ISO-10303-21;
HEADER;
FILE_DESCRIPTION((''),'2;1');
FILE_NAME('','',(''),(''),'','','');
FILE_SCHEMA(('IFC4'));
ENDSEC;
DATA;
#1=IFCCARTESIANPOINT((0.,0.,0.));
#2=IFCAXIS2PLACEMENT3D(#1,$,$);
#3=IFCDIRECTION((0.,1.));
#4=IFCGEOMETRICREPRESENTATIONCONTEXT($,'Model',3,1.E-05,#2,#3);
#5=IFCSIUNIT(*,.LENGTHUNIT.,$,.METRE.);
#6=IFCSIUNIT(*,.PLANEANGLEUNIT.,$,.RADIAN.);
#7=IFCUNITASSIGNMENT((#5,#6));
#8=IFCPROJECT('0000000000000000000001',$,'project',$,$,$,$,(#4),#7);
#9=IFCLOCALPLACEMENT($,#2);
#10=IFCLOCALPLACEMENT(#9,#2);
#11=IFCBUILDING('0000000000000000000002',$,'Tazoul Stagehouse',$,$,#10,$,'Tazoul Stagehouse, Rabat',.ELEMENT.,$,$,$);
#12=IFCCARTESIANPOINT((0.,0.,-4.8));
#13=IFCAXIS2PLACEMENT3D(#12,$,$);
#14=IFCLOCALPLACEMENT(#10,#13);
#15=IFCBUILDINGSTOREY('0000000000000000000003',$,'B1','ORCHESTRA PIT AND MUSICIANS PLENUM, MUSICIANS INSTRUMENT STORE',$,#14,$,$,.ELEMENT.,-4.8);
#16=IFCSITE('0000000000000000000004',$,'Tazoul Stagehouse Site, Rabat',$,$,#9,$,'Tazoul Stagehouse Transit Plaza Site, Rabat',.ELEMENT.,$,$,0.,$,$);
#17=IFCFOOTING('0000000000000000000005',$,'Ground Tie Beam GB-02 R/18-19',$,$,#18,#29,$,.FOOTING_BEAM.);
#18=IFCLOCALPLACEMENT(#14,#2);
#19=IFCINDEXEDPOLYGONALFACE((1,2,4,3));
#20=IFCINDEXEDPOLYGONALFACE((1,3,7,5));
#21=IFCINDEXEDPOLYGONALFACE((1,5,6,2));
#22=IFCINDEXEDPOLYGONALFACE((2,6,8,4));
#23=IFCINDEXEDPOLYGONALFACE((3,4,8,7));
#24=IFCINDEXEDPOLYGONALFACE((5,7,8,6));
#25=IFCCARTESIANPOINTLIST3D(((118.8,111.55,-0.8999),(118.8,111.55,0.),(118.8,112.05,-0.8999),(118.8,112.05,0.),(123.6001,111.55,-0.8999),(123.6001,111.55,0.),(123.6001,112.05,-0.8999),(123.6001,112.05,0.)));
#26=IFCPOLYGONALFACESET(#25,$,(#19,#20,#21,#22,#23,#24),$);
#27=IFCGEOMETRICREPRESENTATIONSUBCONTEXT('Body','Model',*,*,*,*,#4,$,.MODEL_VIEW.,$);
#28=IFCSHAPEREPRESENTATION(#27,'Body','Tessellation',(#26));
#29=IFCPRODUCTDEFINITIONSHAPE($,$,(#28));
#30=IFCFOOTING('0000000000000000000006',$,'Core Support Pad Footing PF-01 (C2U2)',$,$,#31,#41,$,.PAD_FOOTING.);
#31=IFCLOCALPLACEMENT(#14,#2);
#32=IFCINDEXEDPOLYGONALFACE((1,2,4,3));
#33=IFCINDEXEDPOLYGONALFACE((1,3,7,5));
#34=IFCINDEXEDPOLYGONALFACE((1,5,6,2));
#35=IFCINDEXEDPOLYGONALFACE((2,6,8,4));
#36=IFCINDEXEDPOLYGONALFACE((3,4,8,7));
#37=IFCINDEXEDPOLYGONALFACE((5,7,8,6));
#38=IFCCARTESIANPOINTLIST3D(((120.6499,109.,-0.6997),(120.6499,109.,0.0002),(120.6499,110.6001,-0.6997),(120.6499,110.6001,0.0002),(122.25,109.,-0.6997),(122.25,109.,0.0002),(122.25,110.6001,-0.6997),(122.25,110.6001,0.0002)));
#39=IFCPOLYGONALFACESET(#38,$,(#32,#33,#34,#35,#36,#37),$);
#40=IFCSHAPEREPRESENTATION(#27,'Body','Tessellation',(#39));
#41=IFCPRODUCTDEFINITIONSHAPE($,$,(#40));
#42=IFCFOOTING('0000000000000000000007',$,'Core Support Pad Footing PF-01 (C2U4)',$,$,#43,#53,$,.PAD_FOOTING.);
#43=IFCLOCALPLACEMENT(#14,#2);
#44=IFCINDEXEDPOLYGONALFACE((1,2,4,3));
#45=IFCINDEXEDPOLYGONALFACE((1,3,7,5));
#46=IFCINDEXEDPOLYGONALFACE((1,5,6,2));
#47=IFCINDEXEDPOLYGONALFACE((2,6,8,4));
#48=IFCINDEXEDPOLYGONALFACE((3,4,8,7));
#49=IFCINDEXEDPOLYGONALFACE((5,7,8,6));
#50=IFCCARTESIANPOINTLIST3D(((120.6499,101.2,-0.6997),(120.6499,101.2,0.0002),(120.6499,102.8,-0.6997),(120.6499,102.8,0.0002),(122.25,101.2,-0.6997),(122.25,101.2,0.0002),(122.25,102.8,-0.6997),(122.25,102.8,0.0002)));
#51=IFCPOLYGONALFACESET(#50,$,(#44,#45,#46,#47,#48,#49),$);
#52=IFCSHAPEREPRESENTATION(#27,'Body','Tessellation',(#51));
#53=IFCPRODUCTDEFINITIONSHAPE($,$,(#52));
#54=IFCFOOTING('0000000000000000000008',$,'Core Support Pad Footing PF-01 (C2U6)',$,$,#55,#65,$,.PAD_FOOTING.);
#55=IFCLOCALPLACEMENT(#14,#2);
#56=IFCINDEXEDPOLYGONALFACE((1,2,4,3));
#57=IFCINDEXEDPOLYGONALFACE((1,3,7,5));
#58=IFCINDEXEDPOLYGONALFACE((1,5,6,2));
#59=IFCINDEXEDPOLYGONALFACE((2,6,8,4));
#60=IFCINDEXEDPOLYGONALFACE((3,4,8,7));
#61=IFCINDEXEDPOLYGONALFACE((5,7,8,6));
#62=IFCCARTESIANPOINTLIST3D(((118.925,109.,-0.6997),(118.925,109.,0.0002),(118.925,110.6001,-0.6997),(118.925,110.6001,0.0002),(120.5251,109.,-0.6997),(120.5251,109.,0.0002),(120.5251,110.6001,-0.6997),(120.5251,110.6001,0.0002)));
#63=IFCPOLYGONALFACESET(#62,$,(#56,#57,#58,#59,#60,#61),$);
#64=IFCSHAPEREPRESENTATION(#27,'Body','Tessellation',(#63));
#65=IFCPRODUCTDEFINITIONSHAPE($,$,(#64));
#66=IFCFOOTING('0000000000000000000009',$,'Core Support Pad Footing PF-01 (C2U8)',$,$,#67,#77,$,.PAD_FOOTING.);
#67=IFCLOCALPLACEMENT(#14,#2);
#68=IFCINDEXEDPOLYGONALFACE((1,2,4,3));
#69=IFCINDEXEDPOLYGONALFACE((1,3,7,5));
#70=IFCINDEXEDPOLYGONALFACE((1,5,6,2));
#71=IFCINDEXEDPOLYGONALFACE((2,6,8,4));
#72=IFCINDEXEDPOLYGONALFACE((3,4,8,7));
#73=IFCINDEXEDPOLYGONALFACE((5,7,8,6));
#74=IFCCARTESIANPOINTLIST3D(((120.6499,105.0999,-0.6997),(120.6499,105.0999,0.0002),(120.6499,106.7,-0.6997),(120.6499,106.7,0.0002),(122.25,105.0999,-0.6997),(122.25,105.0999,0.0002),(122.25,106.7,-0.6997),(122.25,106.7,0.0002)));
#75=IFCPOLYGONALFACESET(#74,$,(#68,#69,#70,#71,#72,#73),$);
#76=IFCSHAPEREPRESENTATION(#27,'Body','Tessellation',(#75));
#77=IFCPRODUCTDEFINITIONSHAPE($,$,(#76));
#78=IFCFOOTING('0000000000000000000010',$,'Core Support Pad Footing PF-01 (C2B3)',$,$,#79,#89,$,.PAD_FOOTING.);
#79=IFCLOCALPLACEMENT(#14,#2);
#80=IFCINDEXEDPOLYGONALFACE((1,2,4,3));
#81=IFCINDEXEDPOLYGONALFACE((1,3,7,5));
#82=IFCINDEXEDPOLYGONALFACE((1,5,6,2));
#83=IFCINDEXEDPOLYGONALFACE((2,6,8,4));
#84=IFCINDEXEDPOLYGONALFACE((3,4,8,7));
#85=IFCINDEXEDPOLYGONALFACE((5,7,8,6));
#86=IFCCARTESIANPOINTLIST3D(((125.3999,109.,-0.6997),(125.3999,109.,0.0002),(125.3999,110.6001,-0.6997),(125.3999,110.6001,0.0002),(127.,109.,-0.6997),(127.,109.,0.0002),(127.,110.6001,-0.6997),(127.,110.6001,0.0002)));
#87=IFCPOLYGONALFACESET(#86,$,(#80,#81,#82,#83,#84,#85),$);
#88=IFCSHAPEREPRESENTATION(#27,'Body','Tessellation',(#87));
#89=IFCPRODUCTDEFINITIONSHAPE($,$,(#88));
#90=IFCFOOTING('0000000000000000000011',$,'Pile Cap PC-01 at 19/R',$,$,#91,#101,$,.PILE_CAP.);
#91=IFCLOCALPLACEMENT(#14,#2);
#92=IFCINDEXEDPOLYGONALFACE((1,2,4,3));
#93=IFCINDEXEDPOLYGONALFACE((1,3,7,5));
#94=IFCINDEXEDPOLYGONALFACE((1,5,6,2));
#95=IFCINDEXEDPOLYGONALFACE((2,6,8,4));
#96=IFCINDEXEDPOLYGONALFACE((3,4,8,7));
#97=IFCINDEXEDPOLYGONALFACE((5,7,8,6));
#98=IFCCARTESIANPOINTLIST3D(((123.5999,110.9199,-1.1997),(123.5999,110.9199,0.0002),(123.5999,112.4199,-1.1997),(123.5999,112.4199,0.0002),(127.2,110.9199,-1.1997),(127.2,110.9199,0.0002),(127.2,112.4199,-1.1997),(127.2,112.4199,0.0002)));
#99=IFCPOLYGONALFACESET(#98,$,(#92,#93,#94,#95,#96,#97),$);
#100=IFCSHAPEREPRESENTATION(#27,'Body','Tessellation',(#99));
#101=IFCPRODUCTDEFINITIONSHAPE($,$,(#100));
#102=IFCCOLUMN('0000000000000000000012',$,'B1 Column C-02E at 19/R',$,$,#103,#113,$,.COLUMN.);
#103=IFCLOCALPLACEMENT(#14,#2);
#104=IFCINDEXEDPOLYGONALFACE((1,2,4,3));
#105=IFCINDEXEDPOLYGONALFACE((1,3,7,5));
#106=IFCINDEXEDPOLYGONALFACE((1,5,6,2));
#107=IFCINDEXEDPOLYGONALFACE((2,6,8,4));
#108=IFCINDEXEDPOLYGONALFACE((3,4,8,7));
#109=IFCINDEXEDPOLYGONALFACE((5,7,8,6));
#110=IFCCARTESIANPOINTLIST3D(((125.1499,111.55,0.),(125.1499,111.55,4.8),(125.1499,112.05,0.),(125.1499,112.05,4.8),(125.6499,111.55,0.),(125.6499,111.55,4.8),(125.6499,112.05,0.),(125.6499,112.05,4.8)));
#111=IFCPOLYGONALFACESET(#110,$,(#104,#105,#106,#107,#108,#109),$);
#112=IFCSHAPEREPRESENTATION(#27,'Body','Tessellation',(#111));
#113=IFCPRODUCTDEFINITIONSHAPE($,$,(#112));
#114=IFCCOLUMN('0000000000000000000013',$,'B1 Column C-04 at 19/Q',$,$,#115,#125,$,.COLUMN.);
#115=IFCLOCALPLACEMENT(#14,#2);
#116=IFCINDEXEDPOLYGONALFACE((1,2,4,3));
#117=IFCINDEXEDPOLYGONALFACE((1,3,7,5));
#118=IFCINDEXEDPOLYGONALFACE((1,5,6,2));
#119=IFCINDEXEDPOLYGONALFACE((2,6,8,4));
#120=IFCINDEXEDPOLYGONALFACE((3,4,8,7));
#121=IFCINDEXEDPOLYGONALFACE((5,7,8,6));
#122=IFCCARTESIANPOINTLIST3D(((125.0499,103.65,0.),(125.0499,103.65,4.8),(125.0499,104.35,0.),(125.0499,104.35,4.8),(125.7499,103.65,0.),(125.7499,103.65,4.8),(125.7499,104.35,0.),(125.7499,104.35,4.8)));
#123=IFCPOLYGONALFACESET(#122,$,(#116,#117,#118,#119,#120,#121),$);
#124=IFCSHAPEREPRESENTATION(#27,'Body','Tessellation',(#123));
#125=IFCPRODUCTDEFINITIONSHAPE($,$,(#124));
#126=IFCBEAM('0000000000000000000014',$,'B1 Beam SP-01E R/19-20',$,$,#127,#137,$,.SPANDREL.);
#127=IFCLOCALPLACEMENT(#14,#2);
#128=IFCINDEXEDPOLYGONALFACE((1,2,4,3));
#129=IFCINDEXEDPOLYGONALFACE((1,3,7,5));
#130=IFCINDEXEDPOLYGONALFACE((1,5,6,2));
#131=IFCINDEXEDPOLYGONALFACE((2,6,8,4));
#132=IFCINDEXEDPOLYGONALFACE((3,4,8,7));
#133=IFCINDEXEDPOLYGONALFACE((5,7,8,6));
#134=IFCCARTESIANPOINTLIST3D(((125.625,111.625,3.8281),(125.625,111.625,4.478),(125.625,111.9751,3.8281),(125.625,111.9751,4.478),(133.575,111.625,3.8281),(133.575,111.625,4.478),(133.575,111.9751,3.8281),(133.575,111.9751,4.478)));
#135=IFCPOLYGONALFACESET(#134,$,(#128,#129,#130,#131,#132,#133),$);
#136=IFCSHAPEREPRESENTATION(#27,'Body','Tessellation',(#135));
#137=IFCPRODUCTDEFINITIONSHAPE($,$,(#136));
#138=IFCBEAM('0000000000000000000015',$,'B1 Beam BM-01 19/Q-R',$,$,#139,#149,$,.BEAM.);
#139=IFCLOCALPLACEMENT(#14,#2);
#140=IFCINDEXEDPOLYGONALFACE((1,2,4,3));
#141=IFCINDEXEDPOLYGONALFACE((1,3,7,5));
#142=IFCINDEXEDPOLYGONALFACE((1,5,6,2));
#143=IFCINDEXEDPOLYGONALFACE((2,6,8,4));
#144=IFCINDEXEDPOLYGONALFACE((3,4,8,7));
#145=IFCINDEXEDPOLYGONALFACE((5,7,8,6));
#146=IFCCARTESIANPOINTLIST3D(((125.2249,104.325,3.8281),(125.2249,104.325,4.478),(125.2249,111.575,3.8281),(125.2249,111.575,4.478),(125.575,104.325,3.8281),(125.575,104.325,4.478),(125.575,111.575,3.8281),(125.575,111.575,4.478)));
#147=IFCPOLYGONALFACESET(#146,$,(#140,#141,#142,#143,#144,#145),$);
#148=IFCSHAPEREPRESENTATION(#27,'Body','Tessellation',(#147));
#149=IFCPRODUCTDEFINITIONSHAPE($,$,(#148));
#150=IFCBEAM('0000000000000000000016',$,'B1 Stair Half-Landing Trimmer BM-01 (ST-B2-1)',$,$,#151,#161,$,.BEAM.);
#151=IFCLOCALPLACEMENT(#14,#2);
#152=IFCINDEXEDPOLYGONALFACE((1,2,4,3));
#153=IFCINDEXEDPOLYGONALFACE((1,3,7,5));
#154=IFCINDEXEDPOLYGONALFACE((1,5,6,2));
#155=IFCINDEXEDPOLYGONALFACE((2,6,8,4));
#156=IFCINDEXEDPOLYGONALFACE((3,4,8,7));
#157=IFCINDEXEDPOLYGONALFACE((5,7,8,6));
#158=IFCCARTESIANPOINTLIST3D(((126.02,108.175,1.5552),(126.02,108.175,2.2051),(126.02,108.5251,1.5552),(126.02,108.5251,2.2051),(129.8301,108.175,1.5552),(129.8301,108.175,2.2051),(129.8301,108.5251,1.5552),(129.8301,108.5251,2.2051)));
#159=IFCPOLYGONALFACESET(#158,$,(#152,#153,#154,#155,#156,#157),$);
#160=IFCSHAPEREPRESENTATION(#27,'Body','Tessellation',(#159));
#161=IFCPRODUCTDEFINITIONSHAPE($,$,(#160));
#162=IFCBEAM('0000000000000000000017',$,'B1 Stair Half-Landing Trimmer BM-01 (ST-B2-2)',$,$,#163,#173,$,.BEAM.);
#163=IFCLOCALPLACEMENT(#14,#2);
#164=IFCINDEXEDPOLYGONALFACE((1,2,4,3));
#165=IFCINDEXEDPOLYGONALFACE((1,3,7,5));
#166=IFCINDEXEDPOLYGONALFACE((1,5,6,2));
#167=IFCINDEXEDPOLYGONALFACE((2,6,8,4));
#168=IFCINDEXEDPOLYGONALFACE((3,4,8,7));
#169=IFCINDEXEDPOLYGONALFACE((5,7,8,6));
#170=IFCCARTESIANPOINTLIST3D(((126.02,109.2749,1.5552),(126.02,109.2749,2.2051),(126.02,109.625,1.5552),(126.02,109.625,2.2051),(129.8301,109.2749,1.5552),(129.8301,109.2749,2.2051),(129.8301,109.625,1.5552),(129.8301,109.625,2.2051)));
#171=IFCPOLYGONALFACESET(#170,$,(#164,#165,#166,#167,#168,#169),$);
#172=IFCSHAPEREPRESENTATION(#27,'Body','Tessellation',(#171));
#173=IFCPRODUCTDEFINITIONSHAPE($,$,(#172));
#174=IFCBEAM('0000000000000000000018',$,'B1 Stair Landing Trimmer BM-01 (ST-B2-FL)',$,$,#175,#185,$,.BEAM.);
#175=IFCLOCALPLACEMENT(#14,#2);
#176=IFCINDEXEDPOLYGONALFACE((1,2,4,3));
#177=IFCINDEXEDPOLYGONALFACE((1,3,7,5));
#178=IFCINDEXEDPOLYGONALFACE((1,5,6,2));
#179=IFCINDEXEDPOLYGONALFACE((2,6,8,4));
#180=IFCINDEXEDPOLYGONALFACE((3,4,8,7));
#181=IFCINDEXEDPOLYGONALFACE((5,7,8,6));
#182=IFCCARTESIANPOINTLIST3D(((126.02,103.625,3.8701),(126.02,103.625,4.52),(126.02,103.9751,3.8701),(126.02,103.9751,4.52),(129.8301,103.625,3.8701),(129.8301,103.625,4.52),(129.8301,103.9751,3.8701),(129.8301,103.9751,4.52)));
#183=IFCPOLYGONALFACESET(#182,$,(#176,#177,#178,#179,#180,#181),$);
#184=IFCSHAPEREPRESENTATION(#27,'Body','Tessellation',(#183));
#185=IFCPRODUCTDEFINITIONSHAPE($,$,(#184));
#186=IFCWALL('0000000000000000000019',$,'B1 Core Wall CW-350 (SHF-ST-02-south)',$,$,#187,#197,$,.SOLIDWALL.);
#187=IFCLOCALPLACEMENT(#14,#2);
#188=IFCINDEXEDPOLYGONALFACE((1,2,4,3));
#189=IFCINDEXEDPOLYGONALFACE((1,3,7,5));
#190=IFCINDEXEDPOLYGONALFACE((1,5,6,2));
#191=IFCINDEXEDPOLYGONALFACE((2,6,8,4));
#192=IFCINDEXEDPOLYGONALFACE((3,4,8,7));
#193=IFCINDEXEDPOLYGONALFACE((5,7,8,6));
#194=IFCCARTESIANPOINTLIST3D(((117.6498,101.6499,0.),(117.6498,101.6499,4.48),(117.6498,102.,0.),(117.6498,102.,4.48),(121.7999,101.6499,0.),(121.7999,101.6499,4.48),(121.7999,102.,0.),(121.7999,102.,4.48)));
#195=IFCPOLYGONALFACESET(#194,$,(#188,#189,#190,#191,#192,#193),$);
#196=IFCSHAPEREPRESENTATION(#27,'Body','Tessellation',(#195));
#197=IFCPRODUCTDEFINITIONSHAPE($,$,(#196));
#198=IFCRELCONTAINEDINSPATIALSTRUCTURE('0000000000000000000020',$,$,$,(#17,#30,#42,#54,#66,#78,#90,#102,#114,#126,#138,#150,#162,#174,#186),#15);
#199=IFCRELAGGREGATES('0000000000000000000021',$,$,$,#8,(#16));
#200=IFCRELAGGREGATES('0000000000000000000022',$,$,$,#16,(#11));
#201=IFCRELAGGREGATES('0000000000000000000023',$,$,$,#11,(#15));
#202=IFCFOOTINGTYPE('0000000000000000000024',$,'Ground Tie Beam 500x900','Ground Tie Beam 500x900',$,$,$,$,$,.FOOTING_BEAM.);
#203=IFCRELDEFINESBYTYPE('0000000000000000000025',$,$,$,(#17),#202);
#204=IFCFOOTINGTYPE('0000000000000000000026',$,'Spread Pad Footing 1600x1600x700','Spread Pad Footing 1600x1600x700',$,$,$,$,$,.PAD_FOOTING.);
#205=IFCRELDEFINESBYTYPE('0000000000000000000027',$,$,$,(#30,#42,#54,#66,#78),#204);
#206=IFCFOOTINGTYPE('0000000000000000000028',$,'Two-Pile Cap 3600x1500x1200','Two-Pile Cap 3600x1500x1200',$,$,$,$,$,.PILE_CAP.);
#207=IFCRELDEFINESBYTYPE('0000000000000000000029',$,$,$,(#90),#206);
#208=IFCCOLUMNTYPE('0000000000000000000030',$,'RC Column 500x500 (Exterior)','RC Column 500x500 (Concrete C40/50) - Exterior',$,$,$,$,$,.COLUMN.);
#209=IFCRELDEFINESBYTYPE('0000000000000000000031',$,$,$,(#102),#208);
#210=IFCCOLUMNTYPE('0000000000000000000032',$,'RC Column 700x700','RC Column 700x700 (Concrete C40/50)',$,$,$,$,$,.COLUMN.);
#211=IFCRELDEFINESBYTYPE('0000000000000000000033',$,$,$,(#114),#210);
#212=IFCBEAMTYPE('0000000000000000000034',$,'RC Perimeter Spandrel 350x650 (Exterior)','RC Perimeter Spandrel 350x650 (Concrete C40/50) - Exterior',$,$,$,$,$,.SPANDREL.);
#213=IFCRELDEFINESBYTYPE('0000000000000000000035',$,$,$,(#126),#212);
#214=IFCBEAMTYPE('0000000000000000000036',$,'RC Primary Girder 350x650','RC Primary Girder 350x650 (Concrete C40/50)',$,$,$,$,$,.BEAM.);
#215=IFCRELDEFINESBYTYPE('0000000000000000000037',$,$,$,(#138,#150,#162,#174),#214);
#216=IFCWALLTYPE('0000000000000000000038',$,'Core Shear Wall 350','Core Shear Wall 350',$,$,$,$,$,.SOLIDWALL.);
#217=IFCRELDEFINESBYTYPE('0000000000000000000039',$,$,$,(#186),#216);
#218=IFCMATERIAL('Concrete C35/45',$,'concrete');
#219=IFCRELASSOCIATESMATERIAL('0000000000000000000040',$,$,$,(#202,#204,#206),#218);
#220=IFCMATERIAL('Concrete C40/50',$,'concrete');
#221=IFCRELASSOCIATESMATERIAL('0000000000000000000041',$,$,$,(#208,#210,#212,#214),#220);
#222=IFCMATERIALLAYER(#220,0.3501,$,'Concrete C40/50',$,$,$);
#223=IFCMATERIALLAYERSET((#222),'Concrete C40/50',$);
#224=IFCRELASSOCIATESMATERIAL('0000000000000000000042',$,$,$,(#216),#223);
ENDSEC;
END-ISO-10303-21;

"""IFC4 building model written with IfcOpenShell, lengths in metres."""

from ifc_helpers import new_model, si_unit, direction, frame, frame_2d, origin, origin_2d, place, context, subcontext, project, spatial, rectangle, extrude, material, layer, layer_set, material_profile, profile_set, type_object, element, save


model = new_model("IFC4")

# Units and contexts
model_context = context("Model", 3, precision=1e-05, world=origin(), true_north=direction((0.0, 1.0)))
body_context = subcontext(model_context, "Body", "Model", "MODEL_VIEW")
ifc_project = project(units=[si_unit("LENGTHUNIT", "METRE"), si_unit("PLANEANGLEUNIT", "RADIAN")], contexts=[model_context])

# Site, building, storey
site_placement = place(None, origin())
site = spatial("IfcSite", under=ifc_project, at=site_placement, Name="Tazoul Stagehouse Site, Rabat", LongName="Tazoul Stagehouse Transit Plaza Site, Rabat", CompositionType="ELEMENT", RefElevation=0.0)
building_placement = place(site_placement, origin())
building = spatial("IfcBuilding", under=site, at=building_placement, Name="Tazoul Stagehouse", LongName="Tazoul Stagehouse, Rabat", CompositionType="ELEMENT")
storey_placement = place(building_placement, frame((0.0, 0.0, -4.8)))
storey = spatial("IfcBuildingStorey", under=building, at=storey_placement, Name="B1", Description="ORCHESTRA PIT AND MUSICIANS PLENUM, MUSICIANS INSTRUMENT STORE", CompositionType="ELEMENT", Elevation=-4.8)

# Shared definitions
ifc_material_1 = material(Name="Concrete C35/45", Category="concrete")

# Footings
ifc_material_profile_1 = material_profile(ifc_material_1, rectangle(XDim=0.5, YDim=0.8999, at=origin_2d()), Name="RC 500x900")
ifc_profile_set_1 = profile_set([ifc_material_profile_1], Name="Concrete C35/45")
footing_type_1 = type_object("IfcFootingType", Name="Ground Tie Beam 500x900", Description="Ground Tie Beam 500x900", PredefinedType="FOOTING_BEAM", material=ifc_profile_set_1)
footing_1_placement = place(storey_placement, frame((118.8, 111.8, -0.45), z_axis=(1.0, 0.0, 0.0), x_axis=(0.0, 1.0, 0.0)))
element("IfcFooting", 1, at=footing_1_placement, inside=storey, type_object=footing_type_1, Name="Ground Tie Beam GB-02 R/18-19", PredefinedType="FOOTING_BEAM", context=body_context, shape_type="SweptSolid", body=[
    extrude(rectangle(XDim=0.5, YDim=0.8999, at=origin_2d()), origin(), (0.0, 0.0, 1.0), 4.8),
])
footing_type_2 = type_object("IfcFootingType", Name="Spread Pad Footing 1600x1600x700", Description="Spread Pad Footing 1600x1600x700", PredefinedType="PAD_FOOTING", material=ifc_material_1)
for number, where, z_axis, x_axis, name in (
    (2, (121.45, 109.8, -0.6997), (0.0, 0.0, 1.0), (1.0, 0.0, 0.0), "Core Support Pad Footing PF-01 (C2U2)"),
    (3, (121.45, 102.0, -0.6997), (0.0, 0.0, 1.0), (1.0, 0.0, 0.0), "Core Support Pad Footing PF-01 (C2U4)"),
    (4, (119.7251, 109.8, -0.6997), (0.0, 0.0, 1.0), (1.0, 0.0, 0.0), "Core Support Pad Footing PF-01 (C2U6)"),
    (5, (121.45, 105.8999, -0.6997), (0.0, 0.0, 1.0), (1.0, 0.0, 0.0), "Core Support Pad Footing PF-01 (C2U8)"),
    (6, (126.2, 109.8, -0.6997), (0.0, 0.0, 1.0), (1.0, 0.0, 0.0), "Core Support Pad Footing PF-01 (C2B3)"),
):
    element("IfcFooting", number, at=place(storey_placement, frame(where, z_axis=z_axis, x_axis=x_axis)), inside=storey, type_object=footing_type_2, Name=name, PredefinedType="PAD_FOOTING", context=body_context, shape_type="SweptSolid", body=[
        extrude(rectangle(XDim=1.6001, YDim=1.6001, at=origin_2d()), origin(), (0.0, 0.0, 1.0), 0.7),
    ])
footing_type_3 = type_object("IfcFootingType", Name="Two-Pile Cap 3600x1500x1200", Description="Two-Pile Cap 3600x1500x1200", PredefinedType="PILE_CAP", material=ifc_material_1)
footing_2_placement = place(storey_placement, frame((125.3999, 111.6699, -1.1997), z_axis=(0.0, 0.0, 1.0), x_axis=(1.0, 0.0, 0.0)))
element("IfcFooting", 7, at=footing_2_placement, inside=storey, type_object=footing_type_3, Name="Pile Cap PC-01 at 19/R", PredefinedType="PILE_CAP", context=body_context, shape_type="SweptSolid", body=[
    extrude(rectangle(XDim=3.6001, YDim=1.5, at=origin_2d()), origin(), (0.0, 0.0, 1.0), 1.2),
])

# Columns
ifc_material_2 = material(Name="Concrete C40/50", Category="concrete")
ifc_material_profile_2 = material_profile(ifc_material_2, rectangle(XDim=0.5, YDim=0.5, at=origin_2d()), Name="RC 500x500")
ifc_profile_set_2 = profile_set([ifc_material_profile_2], Name="Concrete C40/50")
column_type_1 = type_object("IfcColumnType", Name="RC Column 500x500 (Exterior)", Description="RC Column 500x500 (Concrete C40/50) - Exterior", PredefinedType="COLUMN", material=ifc_profile_set_2)
column_1_placement = place(storey_placement, frame((125.3999, 111.8, 0.0), z_axis=(0.0, 0.0, 1.0), x_axis=(1.0, 0.0, 0.0)))
element("IfcColumn", 8, at=column_1_placement, inside=storey, type_object=column_type_1, Name="B1 Column C-02E at 19/R", PredefinedType="COLUMN", context=body_context, shape_type="SweptSolid", body=[
    extrude(rectangle(XDim=0.5, YDim=0.5, at=origin_2d()), origin(), (0.0, 0.0, 1.0), 4.8),
])
ifc_material_profile_3 = material_profile(ifc_material_2, rectangle(XDim=0.7, YDim=0.7, at=origin_2d()), Name="RC 700x700")
ifc_profile_set_3 = profile_set([ifc_material_profile_3], Name="Concrete C40/50")
column_type_2 = type_object("IfcColumnType", Name="RC Column 700x700", Description="RC Column 700x700 (Concrete C40/50)", PredefinedType="COLUMN", material=ifc_profile_set_3)
column_2_placement = place(storey_placement, frame((125.3999, 104.0, 0.0), z_axis=(0.0, 0.0, 1.0), x_axis=(1.0, 0.0, 0.0)))
element("IfcColumn", 9, at=column_2_placement, inside=storey, type_object=column_type_2, Name="B1 Column C-04 at 19/Q", PredefinedType="COLUMN", context=body_context, shape_type="SweptSolid", body=[
    extrude(rectangle(XDim=0.7, YDim=0.7, at=origin_2d()), origin(), (0.0, 0.0, 1.0), 4.8),
])

# Beams
ifc_material_profile_4 = material_profile(ifc_material_2, rectangle(XDim=0.3501, YDim=0.6499, at=origin_2d()), Name="RC 350x650")
ifc_profile_set_4 = profile_set([ifc_material_profile_4], Name="Concrete C40/50")
beam_type_1 = type_object("IfcBeamType", Name="RC Perimeter Spandrel 350x650 (Exterior)", Description="RC Perimeter Spandrel 350x650 (Concrete C40/50) - Exterior", PredefinedType="SPANDREL", material=ifc_profile_set_4)
beam_1_placement = place(storey_placement, frame((125.625, 111.8, 4.1531), z_axis=(1.0, 0.0, 0.0), x_axis=(0.0, 1.0, 0.0)))
element("IfcBeam", 10, at=beam_1_placement, inside=storey, type_object=beam_type_1, Name="B1 Beam SP-01E R/19-20", PredefinedType="SPANDREL", context=body_context, shape_type="SweptSolid", body=[
    extrude(rectangle(XDim=0.3501, YDim=0.6499, at=origin_2d()), origin(), (0.0, 0.0, 1.0), 7.95),
])
ifc_material_profile_5 = material_profile(ifc_material_2, rectangle(XDim=0.3501, YDim=0.6499, at=origin_2d()), Name="RC 350x650")
ifc_profile_set_5 = profile_set([ifc_material_profile_5], Name="Concrete C40/50")
beam_type_2 = type_object("IfcBeamType", Name="RC Primary Girder 350x650", Description="RC Primary Girder 350x650 (Concrete C40/50)", PredefinedType="BEAM", material=ifc_profile_set_5)
beam_2_placement = place(storey_placement, frame((125.3999, 104.325, 4.1531), z_axis=(0.0, 1.0, 0.0), x_axis=(-1.0, 0.0, 0.0)))
element("IfcBeam", 11, at=beam_2_placement, inside=storey, type_object=beam_type_2, Name="B1 Beam BM-01 19/Q-R", PredefinedType="BEAM", context=body_context, shape_type="SweptSolid", body=[
    extrude(rectangle(XDim=0.3501, YDim=0.6499, at=origin_2d()), origin(), (0.0, 0.0, 1.0), 7.25),
])
for number, where, z_axis, x_axis, name in (
    (12, (126.02, 108.3501, 1.8801), (1.0, 0.0, 0.0), (0.0, 1.0, 0.0), "B1 Stair Half-Landing Trimmer BM-01 (ST-B2-1)"),
    (13, (126.02, 109.45, 1.8801), (1.0, 0.0, 0.0), (0.0, 1.0, 0.0), "B1 Stair Half-Landing Trimmer BM-01 (ST-B2-2)"),
    (14, (126.02, 103.8, 4.1951), (1.0, 0.0, 0.0), (0.0, 1.0, 0.0), "B1 Stair Landing Trimmer BM-01 (ST-B2-FL)"),
):
    element("IfcBeam", number, at=place(storey_placement, frame(where, z_axis=z_axis, x_axis=x_axis)), inside=storey, type_object=beam_type_2, Name=name, PredefinedType="BEAM", context=body_context, shape_type="SweptSolid", body=[
        extrude(rectangle(XDim=0.3501, YDim=0.6499, at=origin_2d()), origin(), (0.0, 0.0, 1.0), 3.8101),
    ])

# Wall
ifc_layer_1 = layer(ifc_material_2, 0.3501, Name="Concrete C40/50")
ifc_layer_set_1 = layer_set([ifc_layer_1], Name="Concrete C40/50")
wall_type_1 = type_object("IfcWallType", Name="Core Shear Wall 350", Description="Core Shear Wall 350", PredefinedType="SOLIDWALL", material=ifc_layer_set_1)
wall_1_placement = place(storey_placement, frame((121.8, 101.825, 0.0), z_axis=(0.0, 0.0, 1.0), x_axis=(-1.0, 0.0, 0.0)))
element("IfcWall", 15, at=wall_1_placement, inside=storey, type_object=wall_type_1, Name="B1 Core Wall CW-350 (SHF-ST-02-south)", PredefinedType="SOLIDWALL", context=body_context, shape_type="SweptSolid", body=[
    extrude(rectangle(XDim=4.1501, YDim=0.3501, at=frame_2d((2.0752, 0.0))), origin(), (0.0, 0.0, 1.0), 4.48),
])

save(model, "model.ifc")
